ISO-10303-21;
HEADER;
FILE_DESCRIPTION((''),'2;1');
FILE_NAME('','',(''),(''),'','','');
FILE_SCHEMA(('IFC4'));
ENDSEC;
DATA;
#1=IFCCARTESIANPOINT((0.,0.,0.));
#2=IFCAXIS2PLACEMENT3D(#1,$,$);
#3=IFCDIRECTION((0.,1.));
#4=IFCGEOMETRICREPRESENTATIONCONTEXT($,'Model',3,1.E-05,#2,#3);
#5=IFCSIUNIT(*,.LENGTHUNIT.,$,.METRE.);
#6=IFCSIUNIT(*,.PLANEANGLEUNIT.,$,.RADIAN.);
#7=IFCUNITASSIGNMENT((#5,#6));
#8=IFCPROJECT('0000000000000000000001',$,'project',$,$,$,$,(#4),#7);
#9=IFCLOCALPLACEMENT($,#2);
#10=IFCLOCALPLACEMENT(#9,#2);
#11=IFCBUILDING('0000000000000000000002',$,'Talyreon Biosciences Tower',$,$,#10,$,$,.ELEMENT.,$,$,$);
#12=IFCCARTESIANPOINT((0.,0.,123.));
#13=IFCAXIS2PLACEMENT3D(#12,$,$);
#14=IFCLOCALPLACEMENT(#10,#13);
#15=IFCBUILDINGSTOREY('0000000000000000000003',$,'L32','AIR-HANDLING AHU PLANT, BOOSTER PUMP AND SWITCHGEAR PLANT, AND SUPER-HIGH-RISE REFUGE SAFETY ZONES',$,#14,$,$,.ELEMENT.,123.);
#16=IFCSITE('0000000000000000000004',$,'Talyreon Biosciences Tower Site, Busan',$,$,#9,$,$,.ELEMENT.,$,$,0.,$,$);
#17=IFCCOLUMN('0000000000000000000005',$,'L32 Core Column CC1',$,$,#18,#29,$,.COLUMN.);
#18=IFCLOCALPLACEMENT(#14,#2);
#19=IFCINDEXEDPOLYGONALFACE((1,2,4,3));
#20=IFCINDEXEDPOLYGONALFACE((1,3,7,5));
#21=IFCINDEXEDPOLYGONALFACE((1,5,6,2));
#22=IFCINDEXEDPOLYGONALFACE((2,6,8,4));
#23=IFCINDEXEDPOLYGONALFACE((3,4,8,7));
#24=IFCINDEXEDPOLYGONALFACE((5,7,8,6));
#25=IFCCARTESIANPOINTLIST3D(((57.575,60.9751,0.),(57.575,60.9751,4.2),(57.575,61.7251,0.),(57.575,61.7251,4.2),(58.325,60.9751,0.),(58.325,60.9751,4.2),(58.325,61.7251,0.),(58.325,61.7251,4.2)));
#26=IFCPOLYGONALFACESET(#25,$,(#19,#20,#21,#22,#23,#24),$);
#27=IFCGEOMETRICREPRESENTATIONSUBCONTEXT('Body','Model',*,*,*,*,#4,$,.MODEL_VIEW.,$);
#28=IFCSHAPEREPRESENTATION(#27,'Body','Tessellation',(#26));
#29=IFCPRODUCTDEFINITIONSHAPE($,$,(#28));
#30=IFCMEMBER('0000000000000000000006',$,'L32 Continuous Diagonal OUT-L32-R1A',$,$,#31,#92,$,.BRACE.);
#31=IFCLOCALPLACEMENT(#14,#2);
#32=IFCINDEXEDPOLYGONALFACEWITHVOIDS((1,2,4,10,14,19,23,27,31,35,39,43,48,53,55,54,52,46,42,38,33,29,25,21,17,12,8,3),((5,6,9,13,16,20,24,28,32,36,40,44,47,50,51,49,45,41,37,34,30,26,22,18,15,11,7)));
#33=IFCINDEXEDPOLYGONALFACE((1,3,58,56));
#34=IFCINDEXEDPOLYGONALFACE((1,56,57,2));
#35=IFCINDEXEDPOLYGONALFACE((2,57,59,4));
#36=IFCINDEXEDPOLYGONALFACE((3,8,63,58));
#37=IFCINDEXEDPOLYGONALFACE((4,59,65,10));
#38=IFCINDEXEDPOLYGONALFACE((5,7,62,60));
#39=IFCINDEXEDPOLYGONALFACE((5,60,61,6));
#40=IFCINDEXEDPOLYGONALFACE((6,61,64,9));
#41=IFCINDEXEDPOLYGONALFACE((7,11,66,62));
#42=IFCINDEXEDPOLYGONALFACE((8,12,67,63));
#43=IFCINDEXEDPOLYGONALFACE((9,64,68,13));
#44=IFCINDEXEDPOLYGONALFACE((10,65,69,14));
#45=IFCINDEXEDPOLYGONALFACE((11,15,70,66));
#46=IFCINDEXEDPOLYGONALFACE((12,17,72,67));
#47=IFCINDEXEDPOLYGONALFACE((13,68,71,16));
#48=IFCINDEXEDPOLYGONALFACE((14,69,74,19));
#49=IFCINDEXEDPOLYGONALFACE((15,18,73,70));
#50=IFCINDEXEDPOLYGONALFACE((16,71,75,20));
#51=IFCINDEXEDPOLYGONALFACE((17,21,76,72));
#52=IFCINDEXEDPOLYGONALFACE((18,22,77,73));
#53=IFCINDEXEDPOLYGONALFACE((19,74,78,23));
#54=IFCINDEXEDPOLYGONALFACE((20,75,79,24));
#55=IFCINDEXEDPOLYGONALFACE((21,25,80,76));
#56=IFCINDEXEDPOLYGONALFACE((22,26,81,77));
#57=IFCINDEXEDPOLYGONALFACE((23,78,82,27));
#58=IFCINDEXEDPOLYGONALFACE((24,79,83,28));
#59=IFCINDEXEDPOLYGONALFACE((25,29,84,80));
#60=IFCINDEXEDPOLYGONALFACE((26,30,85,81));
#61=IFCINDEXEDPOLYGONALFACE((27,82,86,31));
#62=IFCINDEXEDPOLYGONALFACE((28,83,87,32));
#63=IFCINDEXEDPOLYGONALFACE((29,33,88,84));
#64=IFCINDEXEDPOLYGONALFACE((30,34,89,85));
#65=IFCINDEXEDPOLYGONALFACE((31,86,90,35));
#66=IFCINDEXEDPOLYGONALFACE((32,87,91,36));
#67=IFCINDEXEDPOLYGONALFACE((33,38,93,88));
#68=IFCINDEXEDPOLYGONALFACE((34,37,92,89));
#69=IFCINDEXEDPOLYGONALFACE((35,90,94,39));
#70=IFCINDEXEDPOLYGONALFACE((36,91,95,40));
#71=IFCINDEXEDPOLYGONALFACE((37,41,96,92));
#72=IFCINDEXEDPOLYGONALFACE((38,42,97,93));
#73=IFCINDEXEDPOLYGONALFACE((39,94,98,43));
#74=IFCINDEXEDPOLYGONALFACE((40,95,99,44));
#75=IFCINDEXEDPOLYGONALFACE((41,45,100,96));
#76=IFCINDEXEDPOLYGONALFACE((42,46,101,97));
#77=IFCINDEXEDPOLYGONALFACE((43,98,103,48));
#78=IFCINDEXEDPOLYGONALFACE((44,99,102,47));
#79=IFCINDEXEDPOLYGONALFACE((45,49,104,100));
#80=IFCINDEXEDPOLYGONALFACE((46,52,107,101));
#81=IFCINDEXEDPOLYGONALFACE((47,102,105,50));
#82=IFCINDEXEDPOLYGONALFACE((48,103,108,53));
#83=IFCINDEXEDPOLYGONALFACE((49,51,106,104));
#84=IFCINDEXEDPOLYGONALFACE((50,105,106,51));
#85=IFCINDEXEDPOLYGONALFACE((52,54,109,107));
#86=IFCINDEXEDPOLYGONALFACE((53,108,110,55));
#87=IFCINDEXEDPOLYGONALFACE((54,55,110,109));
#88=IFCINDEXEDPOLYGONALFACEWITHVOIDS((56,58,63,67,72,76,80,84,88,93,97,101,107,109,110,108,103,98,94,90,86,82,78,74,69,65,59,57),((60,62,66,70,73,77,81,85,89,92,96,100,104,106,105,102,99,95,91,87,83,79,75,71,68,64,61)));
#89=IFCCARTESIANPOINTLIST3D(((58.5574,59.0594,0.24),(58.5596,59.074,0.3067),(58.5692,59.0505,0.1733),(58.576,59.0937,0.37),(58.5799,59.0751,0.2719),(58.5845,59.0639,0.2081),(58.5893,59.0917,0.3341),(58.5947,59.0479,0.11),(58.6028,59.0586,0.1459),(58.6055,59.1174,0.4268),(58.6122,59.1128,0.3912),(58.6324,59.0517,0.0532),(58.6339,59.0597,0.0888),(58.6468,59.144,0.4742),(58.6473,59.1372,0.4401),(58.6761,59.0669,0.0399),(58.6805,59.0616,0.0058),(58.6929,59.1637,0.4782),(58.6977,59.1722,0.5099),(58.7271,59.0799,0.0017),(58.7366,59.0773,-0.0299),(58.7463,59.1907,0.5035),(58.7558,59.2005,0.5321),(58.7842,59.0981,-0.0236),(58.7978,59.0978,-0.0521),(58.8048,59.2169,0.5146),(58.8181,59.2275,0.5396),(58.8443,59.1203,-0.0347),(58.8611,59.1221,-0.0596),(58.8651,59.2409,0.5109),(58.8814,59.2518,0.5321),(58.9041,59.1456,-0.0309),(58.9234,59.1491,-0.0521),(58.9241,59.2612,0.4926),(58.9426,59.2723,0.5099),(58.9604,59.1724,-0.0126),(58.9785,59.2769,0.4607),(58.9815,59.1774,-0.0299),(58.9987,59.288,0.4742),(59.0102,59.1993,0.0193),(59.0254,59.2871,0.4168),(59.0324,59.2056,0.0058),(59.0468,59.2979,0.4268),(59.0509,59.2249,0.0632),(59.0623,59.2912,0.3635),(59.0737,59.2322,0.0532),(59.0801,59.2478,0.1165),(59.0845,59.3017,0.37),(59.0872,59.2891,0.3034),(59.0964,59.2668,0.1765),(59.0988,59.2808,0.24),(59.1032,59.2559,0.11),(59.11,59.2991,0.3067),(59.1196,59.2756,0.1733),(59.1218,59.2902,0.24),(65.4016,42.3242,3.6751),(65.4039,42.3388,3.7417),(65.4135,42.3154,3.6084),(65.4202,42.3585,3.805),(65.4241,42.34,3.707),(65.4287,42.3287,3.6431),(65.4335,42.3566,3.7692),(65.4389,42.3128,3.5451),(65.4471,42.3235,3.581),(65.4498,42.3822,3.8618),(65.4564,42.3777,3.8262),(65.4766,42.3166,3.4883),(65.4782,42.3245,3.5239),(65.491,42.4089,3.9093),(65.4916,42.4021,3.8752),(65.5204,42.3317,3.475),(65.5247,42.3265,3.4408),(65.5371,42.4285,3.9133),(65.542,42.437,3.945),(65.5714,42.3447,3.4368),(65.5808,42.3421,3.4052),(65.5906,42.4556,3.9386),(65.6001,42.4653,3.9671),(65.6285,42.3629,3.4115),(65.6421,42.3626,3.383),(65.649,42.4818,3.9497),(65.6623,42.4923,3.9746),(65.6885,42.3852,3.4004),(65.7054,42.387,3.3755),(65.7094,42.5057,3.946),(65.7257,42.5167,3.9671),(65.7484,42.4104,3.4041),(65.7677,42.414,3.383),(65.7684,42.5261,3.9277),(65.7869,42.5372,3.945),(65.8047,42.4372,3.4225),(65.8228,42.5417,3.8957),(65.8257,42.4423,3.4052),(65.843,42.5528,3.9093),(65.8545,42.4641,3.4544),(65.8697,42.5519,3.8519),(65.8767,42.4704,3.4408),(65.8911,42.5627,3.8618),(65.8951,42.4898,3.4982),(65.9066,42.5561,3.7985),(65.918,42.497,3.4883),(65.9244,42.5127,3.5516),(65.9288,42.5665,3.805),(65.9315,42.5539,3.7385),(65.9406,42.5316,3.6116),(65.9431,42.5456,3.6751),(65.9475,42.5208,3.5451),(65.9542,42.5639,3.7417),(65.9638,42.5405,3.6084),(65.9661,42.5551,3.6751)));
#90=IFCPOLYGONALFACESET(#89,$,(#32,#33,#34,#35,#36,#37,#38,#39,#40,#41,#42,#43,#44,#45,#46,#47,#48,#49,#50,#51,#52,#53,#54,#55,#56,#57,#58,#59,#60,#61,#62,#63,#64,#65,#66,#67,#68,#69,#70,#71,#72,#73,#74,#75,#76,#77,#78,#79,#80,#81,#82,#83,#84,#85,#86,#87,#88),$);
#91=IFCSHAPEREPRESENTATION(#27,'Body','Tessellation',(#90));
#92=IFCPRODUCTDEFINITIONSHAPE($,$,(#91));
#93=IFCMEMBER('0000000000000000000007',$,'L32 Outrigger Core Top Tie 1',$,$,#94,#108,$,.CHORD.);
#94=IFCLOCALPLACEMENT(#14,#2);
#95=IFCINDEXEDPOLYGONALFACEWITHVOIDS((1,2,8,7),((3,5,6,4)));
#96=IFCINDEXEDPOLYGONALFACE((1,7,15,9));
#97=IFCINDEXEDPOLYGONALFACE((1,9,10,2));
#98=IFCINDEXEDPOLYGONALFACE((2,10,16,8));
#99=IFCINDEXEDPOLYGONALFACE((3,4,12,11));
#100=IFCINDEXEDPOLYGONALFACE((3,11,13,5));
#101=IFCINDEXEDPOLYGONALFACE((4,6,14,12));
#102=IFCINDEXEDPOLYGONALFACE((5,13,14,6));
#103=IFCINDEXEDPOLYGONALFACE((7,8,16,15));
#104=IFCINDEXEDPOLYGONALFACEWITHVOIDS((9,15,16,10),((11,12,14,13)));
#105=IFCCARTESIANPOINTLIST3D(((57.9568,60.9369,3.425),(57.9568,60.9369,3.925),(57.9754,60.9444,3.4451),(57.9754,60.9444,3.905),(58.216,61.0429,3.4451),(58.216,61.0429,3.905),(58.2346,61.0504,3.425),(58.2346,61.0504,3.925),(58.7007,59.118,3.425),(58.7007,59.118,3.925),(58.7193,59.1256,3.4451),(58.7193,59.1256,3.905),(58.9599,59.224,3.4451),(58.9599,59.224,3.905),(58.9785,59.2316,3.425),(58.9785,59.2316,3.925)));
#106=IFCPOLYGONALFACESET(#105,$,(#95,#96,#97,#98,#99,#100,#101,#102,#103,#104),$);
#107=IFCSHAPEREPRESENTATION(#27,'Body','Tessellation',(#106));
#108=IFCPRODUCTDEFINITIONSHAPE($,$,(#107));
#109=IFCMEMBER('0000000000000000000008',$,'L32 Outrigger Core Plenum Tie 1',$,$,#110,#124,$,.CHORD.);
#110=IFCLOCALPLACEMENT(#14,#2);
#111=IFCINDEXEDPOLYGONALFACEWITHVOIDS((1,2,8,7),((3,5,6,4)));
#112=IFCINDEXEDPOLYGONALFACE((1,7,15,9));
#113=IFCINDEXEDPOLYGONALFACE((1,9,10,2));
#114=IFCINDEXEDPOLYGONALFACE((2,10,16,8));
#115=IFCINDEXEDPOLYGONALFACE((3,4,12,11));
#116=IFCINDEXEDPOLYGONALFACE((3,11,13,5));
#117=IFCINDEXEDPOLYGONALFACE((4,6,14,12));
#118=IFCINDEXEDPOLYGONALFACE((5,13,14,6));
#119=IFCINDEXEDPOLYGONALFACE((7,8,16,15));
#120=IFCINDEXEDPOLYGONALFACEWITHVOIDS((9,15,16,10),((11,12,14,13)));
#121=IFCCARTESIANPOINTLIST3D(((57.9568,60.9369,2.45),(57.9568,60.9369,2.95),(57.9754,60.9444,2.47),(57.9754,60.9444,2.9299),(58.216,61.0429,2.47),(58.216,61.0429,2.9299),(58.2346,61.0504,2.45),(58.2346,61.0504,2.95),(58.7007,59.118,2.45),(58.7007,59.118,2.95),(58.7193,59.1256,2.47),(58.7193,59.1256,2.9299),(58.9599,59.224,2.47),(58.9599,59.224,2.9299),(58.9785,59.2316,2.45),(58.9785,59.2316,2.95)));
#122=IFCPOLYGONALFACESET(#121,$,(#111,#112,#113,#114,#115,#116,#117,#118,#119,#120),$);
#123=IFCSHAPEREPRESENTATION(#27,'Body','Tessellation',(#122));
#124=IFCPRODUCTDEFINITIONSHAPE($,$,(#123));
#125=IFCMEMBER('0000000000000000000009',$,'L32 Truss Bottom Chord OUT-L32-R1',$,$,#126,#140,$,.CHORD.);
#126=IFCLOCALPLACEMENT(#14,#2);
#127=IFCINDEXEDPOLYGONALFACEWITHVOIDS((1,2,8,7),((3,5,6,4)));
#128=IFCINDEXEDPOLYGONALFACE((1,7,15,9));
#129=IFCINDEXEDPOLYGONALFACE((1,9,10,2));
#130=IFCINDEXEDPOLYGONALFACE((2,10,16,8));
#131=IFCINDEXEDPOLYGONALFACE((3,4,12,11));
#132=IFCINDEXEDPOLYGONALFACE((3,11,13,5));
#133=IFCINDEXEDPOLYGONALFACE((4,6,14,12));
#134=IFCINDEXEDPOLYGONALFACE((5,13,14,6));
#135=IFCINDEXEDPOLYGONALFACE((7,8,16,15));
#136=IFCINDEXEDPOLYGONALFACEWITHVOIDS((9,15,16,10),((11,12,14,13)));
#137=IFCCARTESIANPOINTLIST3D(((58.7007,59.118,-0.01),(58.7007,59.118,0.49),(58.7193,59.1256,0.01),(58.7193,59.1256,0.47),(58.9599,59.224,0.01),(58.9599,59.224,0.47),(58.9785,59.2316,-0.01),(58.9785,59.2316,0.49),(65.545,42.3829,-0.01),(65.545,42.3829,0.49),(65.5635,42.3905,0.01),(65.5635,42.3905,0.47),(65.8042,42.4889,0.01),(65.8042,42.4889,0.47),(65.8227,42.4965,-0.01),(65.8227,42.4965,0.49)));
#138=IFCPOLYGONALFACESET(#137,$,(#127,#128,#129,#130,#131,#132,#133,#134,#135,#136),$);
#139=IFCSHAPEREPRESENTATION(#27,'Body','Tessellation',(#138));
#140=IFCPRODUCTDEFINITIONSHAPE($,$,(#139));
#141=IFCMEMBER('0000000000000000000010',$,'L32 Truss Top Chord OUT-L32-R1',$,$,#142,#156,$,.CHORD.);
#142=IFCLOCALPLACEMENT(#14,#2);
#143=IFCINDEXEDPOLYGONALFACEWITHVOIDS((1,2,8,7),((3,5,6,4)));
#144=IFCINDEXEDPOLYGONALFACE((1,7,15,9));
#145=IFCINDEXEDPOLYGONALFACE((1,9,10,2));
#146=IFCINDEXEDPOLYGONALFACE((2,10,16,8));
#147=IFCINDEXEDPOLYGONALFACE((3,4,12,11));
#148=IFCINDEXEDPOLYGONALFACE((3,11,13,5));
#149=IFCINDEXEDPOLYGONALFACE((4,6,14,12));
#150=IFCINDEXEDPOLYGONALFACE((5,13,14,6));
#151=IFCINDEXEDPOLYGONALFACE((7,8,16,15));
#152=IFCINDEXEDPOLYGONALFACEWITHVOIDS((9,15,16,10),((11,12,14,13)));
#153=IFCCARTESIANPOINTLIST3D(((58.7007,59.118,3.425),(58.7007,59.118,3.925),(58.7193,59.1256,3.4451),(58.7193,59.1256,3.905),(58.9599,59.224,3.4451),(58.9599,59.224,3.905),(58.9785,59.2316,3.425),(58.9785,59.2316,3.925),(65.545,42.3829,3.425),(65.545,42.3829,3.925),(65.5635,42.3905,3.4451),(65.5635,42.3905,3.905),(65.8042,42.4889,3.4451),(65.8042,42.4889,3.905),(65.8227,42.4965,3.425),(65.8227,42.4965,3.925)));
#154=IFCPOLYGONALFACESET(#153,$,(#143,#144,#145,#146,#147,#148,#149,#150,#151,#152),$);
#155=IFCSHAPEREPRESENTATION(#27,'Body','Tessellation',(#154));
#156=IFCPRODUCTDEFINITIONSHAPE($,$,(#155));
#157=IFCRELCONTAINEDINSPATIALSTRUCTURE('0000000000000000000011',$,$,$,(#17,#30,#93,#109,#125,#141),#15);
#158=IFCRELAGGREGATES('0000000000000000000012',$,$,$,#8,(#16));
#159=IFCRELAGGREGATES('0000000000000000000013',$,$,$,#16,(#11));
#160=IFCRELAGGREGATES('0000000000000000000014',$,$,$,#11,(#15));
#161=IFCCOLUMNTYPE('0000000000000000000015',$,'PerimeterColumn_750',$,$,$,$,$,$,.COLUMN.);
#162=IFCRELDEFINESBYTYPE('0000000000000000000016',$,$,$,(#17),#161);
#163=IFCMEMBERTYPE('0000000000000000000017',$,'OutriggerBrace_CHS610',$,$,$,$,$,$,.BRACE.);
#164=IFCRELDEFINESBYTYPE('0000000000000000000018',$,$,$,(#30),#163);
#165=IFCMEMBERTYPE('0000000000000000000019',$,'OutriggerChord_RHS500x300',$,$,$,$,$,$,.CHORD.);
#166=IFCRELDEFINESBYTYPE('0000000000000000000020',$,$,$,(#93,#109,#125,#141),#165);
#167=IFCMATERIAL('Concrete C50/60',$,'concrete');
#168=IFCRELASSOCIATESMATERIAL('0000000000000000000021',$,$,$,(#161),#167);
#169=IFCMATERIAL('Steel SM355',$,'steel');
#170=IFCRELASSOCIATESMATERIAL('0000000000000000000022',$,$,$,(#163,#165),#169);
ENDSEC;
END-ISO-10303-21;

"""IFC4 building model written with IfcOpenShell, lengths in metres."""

from ifc_helpers import new_model, si_unit, direction, frame, origin, origin_2d, place, context, subcontext, project, spatial, rectangle, hollow_rectangle, hollow_circle, extrude, material, material_profile, profile_set, type_object, element, save


model = new_model("IFC4")

# Units and contexts
model_context = context("Model", 3, precision=1e-05, world=origin(), true_north=direction((0.0, 1.0)))
body_context = subcontext(model_context, "Body", "Model", "MODEL_VIEW")
ifc_project = project(units=[si_unit("LENGTHUNIT", "METRE"), si_unit("PLANEANGLEUNIT", "RADIAN")], contexts=[model_context])

# Site, building, storey
site_placement = place(None, origin())
site = spatial("IfcSite", under=ifc_project, at=site_placement, Name="Talyreon Biosciences Tower Site, Busan", CompositionType="ELEMENT", RefElevation=0.0)
building_placement = place(site_placement, origin())
building = spatial("IfcBuilding", under=site, at=building_placement, Name="Talyreon Biosciences Tower", CompositionType="ELEMENT")
storey_placement = place(building_placement, frame((0.0, 0.0, 123.0)))
storey = spatial("IfcBuildingStorey", under=building, at=storey_placement, Name="L32", Description="AIR-HANDLING AHU PLANT, BOOSTER PUMP AND SWITCHGEAR PLANT, AND SUPER-HIGH-RISE REFUGE SAFETY ZONES", CompositionType="ELEMENT", Elevation=123.0)

# Column
ifc_material_1 = material(Name="Concrete C50/60", Category="concrete")
ifc_material_profile_1 = material_profile(ifc_material_1, rectangle(XDim=0.75, YDim=0.75, at=origin_2d()), Name="RC 750x750")
ifc_profile_set_1 = profile_set([ifc_material_profile_1], Name="Concrete C50/60")
column_type = type_object("IfcColumnType", Name="PerimeterColumn_750", PredefinedType="COLUMN", material=ifc_profile_set_1)
column_placement = place(storey_placement, frame((57.95, 61.3501, 0.0), z_axis=(0.0, 0.0, 1.0), x_axis=(1.0, 0.0, 0.0)))
element("IfcColumn", 1, at=column_placement, inside=storey, type_object=column_type, Name="L32 Core Column CC1", PredefinedType="COLUMN", context=body_context, shape_type="SweptSolid", body=[
    extrude(rectangle(XDim=0.75, YDim=0.75, at=origin_2d()), origin(), (0.0, 0.0, 1.0), 4.2),
])

# Members
ifc_material_2 = material(Name="Steel SM355", Category="steel")
ifc_material_profile_2 = material_profile(ifc_material_2, hollow_circle(Radius=0.3049, WallThickness=0.0249, at=origin_2d()), Name="CHS 610x25")
ifc_profile_set_2 = profile_set([ifc_material_profile_2], Name="Steel SM355")
member_type_1 = type_object("IfcMemberType", Name="OutriggerBrace_CHS610", PredefinedType="BRACE", material=ifc_profile_set_2)
member_placement = place(storey_placement, frame((58.8396, 59.1748, 0.24), z_axis=(0.371889, -0.909319, 0.186647), x_axis=(0.925585, 0.378541, 0.0)))
element("IfcMember", 2, at=member_placement, inside=storey, type_object=member_type_1, Name="L32 Continuous Diagonal OUT-L32-R1A", PredefinedType="BRACE", context=body_context, shape_type="SweptSolid", body=[
    extrude(hollow_circle(Radius=0.3049, WallThickness=0.0249, at=origin_2d()), origin(), (0.0, 0.0, 1.0), 18.4041),
])
ifc_material_profile_3 = material_profile(ifc_material_2, hollow_rectangle(XDim=0.3, YDim=0.5, WallThickness=0.02, at=origin_2d()), Name="RHS 500x300x20")
ifc_profile_set_3 = profile_set([ifc_material_profile_3], Name="Steel SM355")
member_type_2 = type_object("IfcMemberType", Name="OutriggerChord_RHS500x300", PredefinedType="CHORD", material=ifc_profile_set_3)
for number, where, z_axis, x_axis, name in (
    (3, (58.0957, 60.9937, 3.675), (0.378555, -0.925579, 0.0), (0.925579, 0.378555, 0.0), "L32 Outrigger Core Top Tie 1"),
    (4, (58.0957, 60.9937, 2.7), (0.378555, -0.925579, 0.0), (0.925579, 0.378555, 0.0), "L32 Outrigger Core Plenum Tie 1"),
):
    element("IfcMember", number, at=place(storey_placement, frame(where, z_axis=z_axis, x_axis=x_axis)), inside=storey, type_object=member_type_2, Name=name, PredefinedType="CHORD", context=body_context, shape_type="SweptSolid", body=[
        extrude(hollow_rectangle(XDim=0.3, YDim=0.5, WallThickness=0.02, at=origin_2d()), origin(), (0.0, 0.0, 1.0), 1.9651),
    ])
for number, where, z_axis, x_axis, name in (
    (5, (58.8396, 59.1748, 0.24), (0.378541, -0.925585, 0.0), (0.925585, 0.378541, 0.0), "L32 Truss Bottom Chord OUT-L32-R1"),
    (6, (58.8396, 59.1748, 3.675), (0.378541, -0.925585, 0.0), (0.925585, 0.378541, 0.0), "L32 Truss Top Chord OUT-L32-R1"),
):
    element("IfcMember", number, at=place(storey_placement, frame(where, z_axis=z_axis, x_axis=x_axis)), inside=storey, type_object=member_type_2, Name=name, PredefinedType="CHORD", context=body_context, shape_type="SweptSolid", body=[
        extrude(hollow_rectangle(XDim=0.3, YDim=0.5, WallThickness=0.02, at=origin_2d()), origin(), (0.0, 0.0, 1.0), 18.0806),
    ])

save(model, "model.ifc")
